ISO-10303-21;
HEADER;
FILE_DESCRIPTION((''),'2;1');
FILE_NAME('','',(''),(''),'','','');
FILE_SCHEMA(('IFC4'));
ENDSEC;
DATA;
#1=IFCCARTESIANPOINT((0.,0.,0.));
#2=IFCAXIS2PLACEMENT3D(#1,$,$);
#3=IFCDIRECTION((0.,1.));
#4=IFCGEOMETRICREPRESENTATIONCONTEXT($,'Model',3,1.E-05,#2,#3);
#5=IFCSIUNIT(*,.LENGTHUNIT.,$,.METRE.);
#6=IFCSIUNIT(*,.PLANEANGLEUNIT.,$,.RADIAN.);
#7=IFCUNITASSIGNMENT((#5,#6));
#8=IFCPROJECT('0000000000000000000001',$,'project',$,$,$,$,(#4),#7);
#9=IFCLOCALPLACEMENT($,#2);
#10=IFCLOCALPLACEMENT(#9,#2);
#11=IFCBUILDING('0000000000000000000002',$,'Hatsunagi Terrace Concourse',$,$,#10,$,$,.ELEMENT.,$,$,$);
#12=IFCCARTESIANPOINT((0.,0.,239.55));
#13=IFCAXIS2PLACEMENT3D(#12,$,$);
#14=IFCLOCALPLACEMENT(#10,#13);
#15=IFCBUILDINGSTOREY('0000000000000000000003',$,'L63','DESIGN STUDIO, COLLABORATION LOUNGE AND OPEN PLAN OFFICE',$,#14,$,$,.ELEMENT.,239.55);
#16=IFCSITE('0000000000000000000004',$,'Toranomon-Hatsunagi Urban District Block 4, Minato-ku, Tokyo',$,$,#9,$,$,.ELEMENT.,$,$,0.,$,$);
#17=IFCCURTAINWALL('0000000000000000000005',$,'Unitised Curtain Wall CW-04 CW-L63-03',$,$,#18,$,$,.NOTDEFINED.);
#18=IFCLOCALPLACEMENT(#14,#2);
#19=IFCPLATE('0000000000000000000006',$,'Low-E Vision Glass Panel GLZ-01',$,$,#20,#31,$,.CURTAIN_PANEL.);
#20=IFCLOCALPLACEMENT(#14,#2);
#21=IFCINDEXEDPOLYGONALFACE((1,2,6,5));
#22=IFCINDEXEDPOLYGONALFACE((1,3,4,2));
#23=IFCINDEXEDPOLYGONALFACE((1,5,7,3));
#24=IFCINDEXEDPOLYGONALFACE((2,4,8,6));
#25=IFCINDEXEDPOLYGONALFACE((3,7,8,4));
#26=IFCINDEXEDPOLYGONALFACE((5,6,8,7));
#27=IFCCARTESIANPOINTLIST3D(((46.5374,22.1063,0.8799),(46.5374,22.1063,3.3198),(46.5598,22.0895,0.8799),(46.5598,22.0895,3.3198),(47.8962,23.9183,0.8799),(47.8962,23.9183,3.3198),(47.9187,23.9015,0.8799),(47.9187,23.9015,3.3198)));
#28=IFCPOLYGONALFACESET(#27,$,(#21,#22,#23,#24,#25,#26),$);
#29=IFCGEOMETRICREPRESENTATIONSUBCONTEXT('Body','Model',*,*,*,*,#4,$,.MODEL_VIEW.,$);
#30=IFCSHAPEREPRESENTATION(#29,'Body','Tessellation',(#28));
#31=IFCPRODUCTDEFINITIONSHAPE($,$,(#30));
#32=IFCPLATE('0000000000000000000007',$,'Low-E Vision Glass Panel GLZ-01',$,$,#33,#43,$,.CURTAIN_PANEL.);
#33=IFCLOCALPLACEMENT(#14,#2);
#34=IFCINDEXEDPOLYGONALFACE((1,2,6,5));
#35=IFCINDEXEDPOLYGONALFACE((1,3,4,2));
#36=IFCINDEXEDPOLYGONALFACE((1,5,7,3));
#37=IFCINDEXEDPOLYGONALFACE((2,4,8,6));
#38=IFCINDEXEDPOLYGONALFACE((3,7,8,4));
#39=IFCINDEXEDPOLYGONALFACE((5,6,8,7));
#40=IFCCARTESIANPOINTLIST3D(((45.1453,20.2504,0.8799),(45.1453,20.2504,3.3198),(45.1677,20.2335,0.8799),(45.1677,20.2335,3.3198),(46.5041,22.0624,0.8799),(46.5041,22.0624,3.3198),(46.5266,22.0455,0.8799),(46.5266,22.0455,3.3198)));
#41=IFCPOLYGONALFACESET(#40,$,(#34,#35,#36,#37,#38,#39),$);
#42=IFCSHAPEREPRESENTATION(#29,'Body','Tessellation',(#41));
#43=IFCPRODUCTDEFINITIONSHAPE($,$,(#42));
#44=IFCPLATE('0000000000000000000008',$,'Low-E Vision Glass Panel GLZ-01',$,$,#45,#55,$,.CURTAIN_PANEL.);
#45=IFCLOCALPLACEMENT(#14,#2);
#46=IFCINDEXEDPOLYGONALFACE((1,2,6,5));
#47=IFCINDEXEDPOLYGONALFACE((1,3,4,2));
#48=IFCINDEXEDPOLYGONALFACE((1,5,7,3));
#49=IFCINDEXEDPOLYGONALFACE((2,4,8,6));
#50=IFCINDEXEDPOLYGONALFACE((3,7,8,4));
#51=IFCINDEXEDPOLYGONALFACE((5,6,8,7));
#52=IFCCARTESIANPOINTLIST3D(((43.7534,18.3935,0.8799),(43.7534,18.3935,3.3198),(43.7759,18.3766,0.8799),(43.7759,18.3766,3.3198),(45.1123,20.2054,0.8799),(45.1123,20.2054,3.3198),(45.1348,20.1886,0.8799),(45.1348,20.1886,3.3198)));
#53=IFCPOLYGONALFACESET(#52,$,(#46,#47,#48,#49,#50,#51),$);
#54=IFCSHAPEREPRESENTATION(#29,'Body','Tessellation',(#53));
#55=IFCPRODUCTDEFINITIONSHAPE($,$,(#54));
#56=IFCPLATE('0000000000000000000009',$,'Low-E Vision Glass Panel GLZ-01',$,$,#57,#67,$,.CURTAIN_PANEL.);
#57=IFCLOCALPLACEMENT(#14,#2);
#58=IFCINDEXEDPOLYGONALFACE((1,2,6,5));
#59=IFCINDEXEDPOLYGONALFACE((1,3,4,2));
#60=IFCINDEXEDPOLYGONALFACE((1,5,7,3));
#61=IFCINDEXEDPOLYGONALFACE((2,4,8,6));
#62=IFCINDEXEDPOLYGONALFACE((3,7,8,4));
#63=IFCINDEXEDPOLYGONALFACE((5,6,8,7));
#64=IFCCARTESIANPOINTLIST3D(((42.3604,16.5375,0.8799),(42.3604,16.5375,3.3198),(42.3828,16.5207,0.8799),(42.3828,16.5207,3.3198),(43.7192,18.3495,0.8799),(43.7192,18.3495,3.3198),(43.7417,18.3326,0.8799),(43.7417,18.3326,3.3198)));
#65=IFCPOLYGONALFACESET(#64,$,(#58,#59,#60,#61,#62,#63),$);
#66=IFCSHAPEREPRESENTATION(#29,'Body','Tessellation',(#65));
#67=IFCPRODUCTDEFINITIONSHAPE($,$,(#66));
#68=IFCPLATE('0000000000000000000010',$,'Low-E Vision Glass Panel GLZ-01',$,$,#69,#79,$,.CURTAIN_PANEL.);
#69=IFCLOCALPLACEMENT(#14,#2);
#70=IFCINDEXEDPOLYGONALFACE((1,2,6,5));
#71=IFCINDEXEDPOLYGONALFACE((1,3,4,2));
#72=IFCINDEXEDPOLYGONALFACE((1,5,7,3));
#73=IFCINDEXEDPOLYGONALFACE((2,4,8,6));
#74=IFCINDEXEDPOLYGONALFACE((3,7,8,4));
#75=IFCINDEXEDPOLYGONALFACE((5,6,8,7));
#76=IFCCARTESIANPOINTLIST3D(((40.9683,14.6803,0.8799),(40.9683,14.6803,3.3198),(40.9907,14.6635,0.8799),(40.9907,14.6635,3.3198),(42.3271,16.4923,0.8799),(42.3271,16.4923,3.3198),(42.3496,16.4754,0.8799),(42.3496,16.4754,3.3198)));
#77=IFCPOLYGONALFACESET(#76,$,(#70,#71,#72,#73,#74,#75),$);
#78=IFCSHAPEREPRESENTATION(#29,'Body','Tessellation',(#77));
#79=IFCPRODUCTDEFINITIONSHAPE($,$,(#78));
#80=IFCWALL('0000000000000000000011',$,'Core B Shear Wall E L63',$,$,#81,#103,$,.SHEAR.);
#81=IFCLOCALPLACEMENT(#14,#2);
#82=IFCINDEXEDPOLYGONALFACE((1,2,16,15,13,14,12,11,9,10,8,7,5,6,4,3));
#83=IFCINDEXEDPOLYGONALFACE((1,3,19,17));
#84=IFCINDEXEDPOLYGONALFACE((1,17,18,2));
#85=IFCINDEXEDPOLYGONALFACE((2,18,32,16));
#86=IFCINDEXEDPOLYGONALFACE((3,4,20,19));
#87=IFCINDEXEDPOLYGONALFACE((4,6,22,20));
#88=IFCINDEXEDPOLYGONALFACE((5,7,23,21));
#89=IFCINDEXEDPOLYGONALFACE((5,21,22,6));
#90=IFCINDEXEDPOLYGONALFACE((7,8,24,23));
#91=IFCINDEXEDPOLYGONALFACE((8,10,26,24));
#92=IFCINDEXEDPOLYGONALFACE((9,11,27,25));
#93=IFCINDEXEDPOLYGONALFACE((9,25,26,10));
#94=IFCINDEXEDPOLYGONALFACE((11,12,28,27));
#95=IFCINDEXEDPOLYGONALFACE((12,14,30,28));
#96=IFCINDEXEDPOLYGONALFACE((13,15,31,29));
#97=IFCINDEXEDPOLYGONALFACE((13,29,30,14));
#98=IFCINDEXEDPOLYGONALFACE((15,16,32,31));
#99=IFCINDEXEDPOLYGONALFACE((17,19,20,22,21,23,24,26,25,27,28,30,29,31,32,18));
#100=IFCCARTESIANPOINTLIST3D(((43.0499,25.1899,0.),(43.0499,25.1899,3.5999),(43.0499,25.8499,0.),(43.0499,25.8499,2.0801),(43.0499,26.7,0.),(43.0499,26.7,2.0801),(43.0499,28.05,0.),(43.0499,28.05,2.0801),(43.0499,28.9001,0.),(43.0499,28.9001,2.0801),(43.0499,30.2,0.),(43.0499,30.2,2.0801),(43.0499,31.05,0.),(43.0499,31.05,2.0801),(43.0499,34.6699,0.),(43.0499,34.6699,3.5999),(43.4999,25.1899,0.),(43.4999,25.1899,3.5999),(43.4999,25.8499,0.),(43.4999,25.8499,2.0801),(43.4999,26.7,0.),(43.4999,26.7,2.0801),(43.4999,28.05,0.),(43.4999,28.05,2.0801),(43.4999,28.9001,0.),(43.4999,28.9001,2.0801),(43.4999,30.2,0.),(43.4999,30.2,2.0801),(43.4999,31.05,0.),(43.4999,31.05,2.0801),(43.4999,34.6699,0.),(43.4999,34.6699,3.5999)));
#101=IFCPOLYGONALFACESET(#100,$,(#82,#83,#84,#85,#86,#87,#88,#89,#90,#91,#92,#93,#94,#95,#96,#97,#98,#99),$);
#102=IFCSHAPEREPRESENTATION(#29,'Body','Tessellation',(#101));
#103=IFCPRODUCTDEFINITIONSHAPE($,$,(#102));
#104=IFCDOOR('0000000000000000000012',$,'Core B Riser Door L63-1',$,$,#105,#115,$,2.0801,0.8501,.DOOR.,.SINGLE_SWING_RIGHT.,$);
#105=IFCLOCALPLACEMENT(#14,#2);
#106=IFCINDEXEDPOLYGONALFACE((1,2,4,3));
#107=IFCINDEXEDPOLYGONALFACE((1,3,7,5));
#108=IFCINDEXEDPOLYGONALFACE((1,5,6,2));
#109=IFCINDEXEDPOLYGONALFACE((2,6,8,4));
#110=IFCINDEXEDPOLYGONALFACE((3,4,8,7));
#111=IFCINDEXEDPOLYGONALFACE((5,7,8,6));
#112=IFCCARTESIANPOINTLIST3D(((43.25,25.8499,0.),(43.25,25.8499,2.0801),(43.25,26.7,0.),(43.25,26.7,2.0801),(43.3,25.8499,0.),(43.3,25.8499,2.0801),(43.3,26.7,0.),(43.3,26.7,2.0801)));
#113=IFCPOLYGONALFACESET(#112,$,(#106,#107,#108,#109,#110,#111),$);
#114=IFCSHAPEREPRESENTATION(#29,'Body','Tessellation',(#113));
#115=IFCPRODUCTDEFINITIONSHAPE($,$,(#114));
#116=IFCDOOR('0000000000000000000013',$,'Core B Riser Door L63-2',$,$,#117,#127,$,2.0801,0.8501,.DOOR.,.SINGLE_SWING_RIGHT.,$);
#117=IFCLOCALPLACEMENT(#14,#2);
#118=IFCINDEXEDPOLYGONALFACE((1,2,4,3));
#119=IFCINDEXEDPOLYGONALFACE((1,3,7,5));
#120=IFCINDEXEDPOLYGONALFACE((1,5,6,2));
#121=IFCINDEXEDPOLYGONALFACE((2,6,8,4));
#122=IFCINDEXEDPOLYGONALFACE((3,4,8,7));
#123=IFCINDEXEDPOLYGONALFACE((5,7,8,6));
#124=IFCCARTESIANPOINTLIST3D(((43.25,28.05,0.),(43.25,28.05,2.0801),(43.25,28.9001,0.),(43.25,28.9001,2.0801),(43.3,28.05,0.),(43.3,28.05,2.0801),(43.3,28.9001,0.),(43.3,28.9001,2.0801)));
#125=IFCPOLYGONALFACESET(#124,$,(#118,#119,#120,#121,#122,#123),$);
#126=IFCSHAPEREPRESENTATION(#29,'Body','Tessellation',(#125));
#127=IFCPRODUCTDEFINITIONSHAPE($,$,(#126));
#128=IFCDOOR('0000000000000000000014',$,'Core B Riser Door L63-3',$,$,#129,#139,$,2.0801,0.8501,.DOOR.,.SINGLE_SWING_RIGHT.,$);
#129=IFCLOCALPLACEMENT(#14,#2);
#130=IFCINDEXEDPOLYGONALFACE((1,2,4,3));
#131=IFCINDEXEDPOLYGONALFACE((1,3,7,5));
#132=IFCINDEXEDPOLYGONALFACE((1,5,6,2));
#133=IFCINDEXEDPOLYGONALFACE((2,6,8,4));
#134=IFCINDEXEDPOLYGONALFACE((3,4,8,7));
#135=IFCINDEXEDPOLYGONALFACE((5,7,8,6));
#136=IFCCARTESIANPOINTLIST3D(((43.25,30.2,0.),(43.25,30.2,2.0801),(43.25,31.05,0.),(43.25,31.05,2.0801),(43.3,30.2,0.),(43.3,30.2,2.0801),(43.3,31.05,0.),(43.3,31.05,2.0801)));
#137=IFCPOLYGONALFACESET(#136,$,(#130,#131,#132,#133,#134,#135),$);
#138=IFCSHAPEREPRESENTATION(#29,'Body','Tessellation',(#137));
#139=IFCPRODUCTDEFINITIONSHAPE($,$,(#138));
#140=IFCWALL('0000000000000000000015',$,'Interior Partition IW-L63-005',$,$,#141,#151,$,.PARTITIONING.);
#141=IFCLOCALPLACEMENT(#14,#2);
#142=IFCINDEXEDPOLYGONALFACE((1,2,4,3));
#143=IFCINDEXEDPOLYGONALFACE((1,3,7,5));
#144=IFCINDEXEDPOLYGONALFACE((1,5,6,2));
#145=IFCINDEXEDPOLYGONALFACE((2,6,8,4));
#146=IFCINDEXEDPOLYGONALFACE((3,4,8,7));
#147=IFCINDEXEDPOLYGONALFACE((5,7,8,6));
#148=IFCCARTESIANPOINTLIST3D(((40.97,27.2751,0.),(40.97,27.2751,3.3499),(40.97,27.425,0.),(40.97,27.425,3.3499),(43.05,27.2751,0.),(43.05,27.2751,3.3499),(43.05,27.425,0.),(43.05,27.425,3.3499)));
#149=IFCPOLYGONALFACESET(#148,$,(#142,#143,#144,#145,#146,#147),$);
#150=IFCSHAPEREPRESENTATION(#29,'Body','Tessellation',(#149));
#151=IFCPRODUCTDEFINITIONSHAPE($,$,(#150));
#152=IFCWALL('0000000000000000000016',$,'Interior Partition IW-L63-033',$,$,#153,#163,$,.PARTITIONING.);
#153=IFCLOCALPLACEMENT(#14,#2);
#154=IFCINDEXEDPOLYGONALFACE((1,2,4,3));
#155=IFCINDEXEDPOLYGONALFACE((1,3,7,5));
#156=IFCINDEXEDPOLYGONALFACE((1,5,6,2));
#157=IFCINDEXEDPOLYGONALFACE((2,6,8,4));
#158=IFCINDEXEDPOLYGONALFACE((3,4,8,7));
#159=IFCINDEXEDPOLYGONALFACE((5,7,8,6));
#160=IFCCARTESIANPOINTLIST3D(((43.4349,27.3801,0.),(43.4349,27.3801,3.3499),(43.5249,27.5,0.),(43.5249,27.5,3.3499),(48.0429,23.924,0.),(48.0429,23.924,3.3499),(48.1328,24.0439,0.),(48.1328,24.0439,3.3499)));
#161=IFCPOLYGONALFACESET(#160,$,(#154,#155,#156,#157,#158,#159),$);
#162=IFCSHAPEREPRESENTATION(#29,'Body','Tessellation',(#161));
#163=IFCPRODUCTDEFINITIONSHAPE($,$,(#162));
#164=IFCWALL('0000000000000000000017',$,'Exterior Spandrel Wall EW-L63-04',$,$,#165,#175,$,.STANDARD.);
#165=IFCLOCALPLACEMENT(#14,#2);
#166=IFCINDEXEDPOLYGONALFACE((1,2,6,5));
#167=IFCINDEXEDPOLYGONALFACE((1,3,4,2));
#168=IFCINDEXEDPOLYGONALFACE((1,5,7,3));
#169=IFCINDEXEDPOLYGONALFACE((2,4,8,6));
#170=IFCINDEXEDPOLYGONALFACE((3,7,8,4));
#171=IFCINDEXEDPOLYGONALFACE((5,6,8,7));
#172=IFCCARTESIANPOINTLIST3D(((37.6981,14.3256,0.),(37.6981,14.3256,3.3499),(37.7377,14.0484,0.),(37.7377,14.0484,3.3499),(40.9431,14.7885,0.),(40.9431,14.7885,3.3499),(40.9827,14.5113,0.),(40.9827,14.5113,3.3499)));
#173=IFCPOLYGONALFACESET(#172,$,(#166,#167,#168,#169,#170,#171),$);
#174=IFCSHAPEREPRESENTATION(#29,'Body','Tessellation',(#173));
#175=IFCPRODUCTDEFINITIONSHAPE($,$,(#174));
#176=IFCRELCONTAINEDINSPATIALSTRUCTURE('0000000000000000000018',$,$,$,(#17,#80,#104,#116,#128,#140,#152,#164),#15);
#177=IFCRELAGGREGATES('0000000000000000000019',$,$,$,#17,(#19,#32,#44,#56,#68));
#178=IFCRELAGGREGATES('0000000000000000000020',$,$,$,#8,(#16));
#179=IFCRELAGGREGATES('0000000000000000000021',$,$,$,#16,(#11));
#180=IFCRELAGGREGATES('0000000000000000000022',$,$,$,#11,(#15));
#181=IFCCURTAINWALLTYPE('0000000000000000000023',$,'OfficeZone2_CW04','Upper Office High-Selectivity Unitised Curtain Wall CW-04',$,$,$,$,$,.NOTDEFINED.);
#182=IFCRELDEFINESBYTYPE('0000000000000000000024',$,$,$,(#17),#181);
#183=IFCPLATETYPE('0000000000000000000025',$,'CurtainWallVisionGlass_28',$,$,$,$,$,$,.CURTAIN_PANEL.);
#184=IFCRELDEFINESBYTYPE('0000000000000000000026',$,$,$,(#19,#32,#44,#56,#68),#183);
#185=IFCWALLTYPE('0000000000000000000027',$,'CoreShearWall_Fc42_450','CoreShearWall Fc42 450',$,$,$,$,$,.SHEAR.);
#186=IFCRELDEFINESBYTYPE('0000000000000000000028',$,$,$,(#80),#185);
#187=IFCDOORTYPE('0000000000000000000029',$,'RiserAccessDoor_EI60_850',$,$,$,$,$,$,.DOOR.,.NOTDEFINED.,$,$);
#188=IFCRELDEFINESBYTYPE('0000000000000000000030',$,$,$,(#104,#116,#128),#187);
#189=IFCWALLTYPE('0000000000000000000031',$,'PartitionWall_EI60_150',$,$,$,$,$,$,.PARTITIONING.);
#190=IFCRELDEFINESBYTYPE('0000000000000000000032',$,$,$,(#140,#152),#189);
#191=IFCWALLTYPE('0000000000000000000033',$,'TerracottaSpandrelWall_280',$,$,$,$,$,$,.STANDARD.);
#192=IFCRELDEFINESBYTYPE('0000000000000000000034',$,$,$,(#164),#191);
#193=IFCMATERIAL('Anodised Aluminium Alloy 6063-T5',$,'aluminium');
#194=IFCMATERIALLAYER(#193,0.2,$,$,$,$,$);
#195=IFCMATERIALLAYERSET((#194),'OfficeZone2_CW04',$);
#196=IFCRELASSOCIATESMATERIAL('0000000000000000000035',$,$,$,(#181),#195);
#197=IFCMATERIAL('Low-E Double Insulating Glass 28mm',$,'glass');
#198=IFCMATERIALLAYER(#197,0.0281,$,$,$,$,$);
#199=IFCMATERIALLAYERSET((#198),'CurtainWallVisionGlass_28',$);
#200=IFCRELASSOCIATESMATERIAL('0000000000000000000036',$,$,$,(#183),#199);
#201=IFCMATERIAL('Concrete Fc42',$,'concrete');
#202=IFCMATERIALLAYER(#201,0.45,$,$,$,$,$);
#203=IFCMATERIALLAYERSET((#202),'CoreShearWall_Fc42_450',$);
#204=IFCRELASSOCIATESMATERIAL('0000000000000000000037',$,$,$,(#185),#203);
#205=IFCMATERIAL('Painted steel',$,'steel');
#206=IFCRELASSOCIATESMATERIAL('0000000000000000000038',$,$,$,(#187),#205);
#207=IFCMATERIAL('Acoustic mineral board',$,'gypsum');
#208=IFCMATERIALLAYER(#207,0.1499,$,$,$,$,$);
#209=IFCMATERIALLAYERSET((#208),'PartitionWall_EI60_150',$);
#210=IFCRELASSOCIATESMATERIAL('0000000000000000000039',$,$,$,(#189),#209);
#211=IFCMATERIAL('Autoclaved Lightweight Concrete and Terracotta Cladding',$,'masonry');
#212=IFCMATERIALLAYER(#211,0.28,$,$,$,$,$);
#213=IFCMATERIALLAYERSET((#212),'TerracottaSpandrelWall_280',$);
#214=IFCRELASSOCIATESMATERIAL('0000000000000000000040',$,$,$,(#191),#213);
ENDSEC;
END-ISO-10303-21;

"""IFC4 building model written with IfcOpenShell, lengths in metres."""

from ifc_helpers import new_model, si_unit, direction, frame, frame_2d, origin, origin_2d, place, context, subcontext, project, spatial, rectangle, extrude, material, layer, layer_set, type_object, element, fill, aggregate, save


model = new_model("IFC4")

# Units and contexts
model_context = context("Model", 3, precision=1e-05, world=origin(), true_north=direction((0.0, 1.0)))
body_context = subcontext(model_context, "Body", "Model", "MODEL_VIEW")
ifc_project = project(units=[si_unit("LENGTHUNIT", "METRE"), si_unit("PLANEANGLEUNIT", "RADIAN")], contexts=[model_context])

# Site, building, storey
site_placement = place(None, origin())
site = spatial("IfcSite", under=ifc_project, at=site_placement, Name="Toranomon-Hatsunagi Urban District Block 4, Minato-ku, Tokyo", CompositionType="ELEMENT", RefElevation=0.0)
building_placement = place(site_placement, origin())
building = spatial("IfcBuilding", under=site, at=building_placement, Name="Hatsunagi Terrace Concourse", CompositionType="ELEMENT")
storey_placement = place(building_placement, frame((0.0, 0.0, 239.55)))
storey = spatial("IfcBuildingStorey", under=building, at=storey_placement, Name="L63", Description="DESIGN STUDIO, COLLABORATION LOUNGE AND OPEN PLAN OFFICE", CompositionType="ELEMENT", Elevation=239.55)

# Curtain wall
ifc_material_1 = material(Name="Anodised Aluminium Alloy 6063-T5", Category="aluminium")
ifc_layer_1 = layer(ifc_material_1, 0.2)
ifc_layer_set_1 = layer_set([ifc_layer_1], Name="OfficeZone2_CW04")
curtain_wall_type = type_object("IfcCurtainWallType", Name="OfficeZone2_CW04", Description="Upper Office High-Selectivity Unitised Curtain Wall CW-04", PredefinedType="NOTDEFINED", material=ifc_layer_set_1)
curtain_wall_placement = place(storey_placement, origin())
curtain_wall = element("IfcCurtainWall", 1, at=curtain_wall_placement, inside=storey, type_object=curtain_wall_type, Name="Unitised Curtain Wall CW-04 CW-L63-03", PredefinedType="NOTDEFINED")

# Plates
ifc_material_2 = material(Name="Low-E Double Insulating Glass 28mm", Category="glass")
ifc_layer_2 = layer(ifc_material_2, 0.0281)
ifc_layer_set_2 = layer_set([ifc_layer_2], Name="CurtainWallVisionGlass_28")
plate_type_1 = type_object("IfcPlateType", Name="CurtainWallVisionGlass_28", PredefinedType="CURTAIN_PANEL", material=ifc_layer_set_2)
plate_1_placement = place(storey_placement, frame((47.228, 23.0039, 0.8799), z_axis=(0.0, 0.0, 1.0), x_axis=(-0.599969, -0.800023, 0.0)))
plate_1 = element("IfcPlate", 2, at=plate_1_placement, type_object=plate_type_1, Name="Low-E Vision Glass Panel GLZ-01", PredefinedType="CURTAIN_PANEL", context=body_context, shape_type="SweptSolid", body=[
    extrude(rectangle(XDim=2.2649, YDim=0.0281, at=origin_2d()), origin(), (0.0, 0.0, 1.0), 2.4399),
])
plate_2_placement = place(storey_placement, frame((45.8359, 21.1479, 0.8799), z_axis=(0.0, 0.0, 1.0), x_axis=(-0.599969, -0.800023, 0.0)))
plate_2 = element("IfcPlate", 3, at=plate_2_placement, type_object=plate_type_1, Name="Low-E Vision Glass Panel GLZ-01", PredefinedType="CURTAIN_PANEL", context=body_context, shape_type="SweptSolid", body=[
    extrude(rectangle(XDim=2.2649, YDim=0.0281, at=origin_2d()), origin(), (0.0, 0.0, 1.0), 2.4399),
])
plate_3_placement = place(storey_placement, frame((44.4441, 19.291, 0.8799), z_axis=(0.0, 0.0, 1.0), x_axis=(-0.599969, -0.800023, 0.0)))
plate_3 = element("IfcPlate", 4, at=plate_3_placement, type_object=plate_type_1, Name="Low-E Vision Glass Panel GLZ-01", PredefinedType="CURTAIN_PANEL", context=body_context, shape_type="SweptSolid", body=[
    extrude(rectangle(XDim=2.2649, YDim=0.0281, at=origin_2d()), origin(), (0.0, 0.0, 1.0), 2.4399),
])
plate_4_placement = place(storey_placement, frame((43.051, 17.4351, 0.8799), z_axis=(0.0, 0.0, 1.0), x_axis=(-0.599969, -0.800023, 0.0)))
plate_4 = element("IfcPlate", 5, at=plate_4_placement, type_object=plate_type_1, Name="Low-E Vision Glass Panel GLZ-01", PredefinedType="CURTAIN_PANEL", context=body_context, shape_type="SweptSolid", body=[
    extrude(rectangle(XDim=2.2649, YDim=0.0281, at=origin_2d()), origin(), (0.0, 0.0, 1.0), 2.4399),
])
plate_5_placement = place(storey_placement, frame((41.6589, 15.5779, 0.8799), z_axis=(0.0, 0.0, 1.0), x_axis=(-0.599969, -0.800023, 0.0)))
plate_5 = element("IfcPlate", 6, at=plate_5_placement, type_object=plate_type_1, Name="Low-E Vision Glass Panel GLZ-01", PredefinedType="CURTAIN_PANEL", context=body_context, shape_type="SweptSolid", body=[
    extrude(rectangle(XDim=2.2649, YDim=0.0281, at=origin_2d()), origin(), (0.0, 0.0, 1.0), 2.4399),
])
aggregate(curtain_wall, [plate_1, plate_2, plate_3, plate_4, plate_5])

# Wall, openings, doors
ifc_material_3 = material(Name="Concrete Fc42", Category="concrete")
ifc_layer_3 = layer(ifc_material_3, 0.45)
ifc_layer_set_3 = layer_set([ifc_layer_3], Name="CoreShearWall_Fc42_450")
wall_type_1 = type_object("IfcWallType", Name="CoreShearWall_Fc42_450", Description="CoreShearWall Fc42 450", PredefinedType="SHEAR", material=ifc_layer_set_3)
wall_1_placement = place(storey_placement, frame((43.2749, 25.1899, 0.0), z_axis=(0.0, 0.0, 1.0), x_axis=(0.0, 1.0, 0.0)))
wall_1 = element("IfcWall", 7, at=wall_1_placement, inside=storey, type_object=wall_type_1, Name="Core B Shear Wall E L63", PredefinedType="SHEAR", context=body_context, shape_type="SweptSolid", body=[
    extrude(rectangle(XDim=9.48, YDim=0.45, at=frame_2d((4.74, 0.0))), origin(), (0.0, 0.0, 1.0), 3.5999),
])
opening_1_placement = place(wall_1_placement, frame((0.6599, 0.0, 0.0)))
opening_1 = element("IfcOpeningElement", 8, at=opening_1_placement, cuts=wall_1, PredefinedType="OPENING", context=body_context, shape_type="SweptSolid", body=[
    extrude(rectangle(XDim=0.8501, YDim=2.0801, at=frame_2d((0.425, 1.04))), frame((0.0, 0.2349, 0.0), z_axis=(0.0, -1.0, 0.0), x_axis=(1.0, 0.0, 0.0)), (0.0, 0.0, 1.0), 0.47),
])
opening_2_placement = place(wall_1_placement, frame((2.8601, 0.0, 0.0)))
opening_2 = element("IfcOpeningElement", 9, at=opening_2_placement, cuts=wall_1, PredefinedType="OPENING", context=body_context, shape_type="SweptSolid", body=[
    extrude(rectangle(XDim=0.8501, YDim=2.0801, at=frame_2d((0.425, 1.04))), frame((0.0, 0.2349, 0.0), z_axis=(0.0, -1.0, 0.0), x_axis=(1.0, 0.0, 0.0)), (0.0, 0.0, 1.0), 0.47),
])
opening_3_placement = place(wall_1_placement, frame((5.01, 0.0, 0.0)))
opening_3 = element("IfcOpeningElement", 10, at=opening_3_placement, cuts=wall_1, PredefinedType="OPENING", context=body_context, shape_type="SweptSolid", body=[
    extrude(rectangle(XDim=0.8501, YDim=2.0801, at=frame_2d((0.425, 1.04))), frame((0.0, 0.2349, 0.0), z_axis=(0.0, -1.0, 0.0), x_axis=(1.0, 0.0, 0.0)), (0.0, 0.0, 1.0), 0.47),
])
ifc_material_4 = material(Name="Painted steel", Category="steel")
door_type = type_object("IfcDoorType", Name="RiserAccessDoor_EI60_850", OperationType="NOTDEFINED", PredefinedType="DOOR", material=ifc_material_4)
door_1_placement = place(opening_1_placement, origin())
door_1 = element("IfcDoor", 11, at=door_1_placement, inside=storey, type_object=door_type, Name="Core B Riser Door L63-1", OperationType="SINGLE_SWING_RIGHT", OverallHeight=2.0801, OverallWidth=0.8501, PredefinedType="DOOR", context=body_context, shape_type="SweptSolid", body=[
    extrude(rectangle(XDim=0.8501, YDim=2.0801, at=frame_2d((0.425, 1.04))), frame((0.0, 0.0249, 0.0), z_axis=(0.0, -1.0, 0.0), x_axis=(1.0, 0.0, 0.0)), (0.0, 0.0, 1.0), 0.05),
])
fill(opening_1, door_1)
door_2_placement = place(opening_2_placement, origin())
door_2 = element("IfcDoor", 12, at=door_2_placement, inside=storey, type_object=door_type, Name="Core B Riser Door L63-2", OperationType="SINGLE_SWING_RIGHT", OverallHeight=2.0801, OverallWidth=0.8501, PredefinedType="DOOR", context=body_context, shape_type="SweptSolid", body=[
    extrude(rectangle(XDim=0.8501, YDim=2.0801, at=frame_2d((0.425, 1.04))), frame((0.0, 0.0249, 0.0), z_axis=(0.0, -1.0, 0.0), x_axis=(1.0, 0.0, 0.0)), (0.0, 0.0, 1.0), 0.05),
])
fill(opening_2, door_2)
door_3_placement = place(opening_3_placement, origin())
door_3 = element("IfcDoor", 13, at=door_3_placement, inside=storey, type_object=door_type, Name="Core B Riser Door L63-3", OperationType="SINGLE_SWING_RIGHT", OverallHeight=2.0801, OverallWidth=0.8501, PredefinedType="DOOR", context=body_context, shape_type="SweptSolid", body=[
    extrude(rectangle(XDim=0.8501, YDim=2.0801, at=frame_2d((0.425, 1.04))), frame((0.0, 0.0249, 0.0), z_axis=(0.0, -1.0, 0.0), x_axis=(1.0, 0.0, 0.0)), (0.0, 0.0, 1.0), 0.05),
])
fill(opening_3, door_3)

# Walls
ifc_material_5 = material(Name="Acoustic mineral board", Category="gypsum")
ifc_layer_4 = layer(ifc_material_5, 0.1499)
ifc_layer_set_4 = layer_set([ifc_layer_4], Name="PartitionWall_EI60_150")
wall_type_2 = type_object("IfcWallType", Name="PartitionWall_EI60_150", PredefinedType="PARTITIONING", material=ifc_layer_set_4)
wall_2_placement = place(storey_placement, frame((40.97, 27.3501, 0.0), z_axis=(0.0, 0.0, 1.0), x_axis=(1.0, 0.0, 0.0)))
element("IfcWall", 14, at=wall_2_placement, inside=storey, type_object=wall_type_2, Name="Interior Partition IW-L63-005", PredefinedType="PARTITIONING", context=body_context, shape_type="SweptSolid", body=[
    extrude(rectangle(XDim=2.0801, YDim=0.1499, at=frame_2d((1.04, 0.0))), origin(), (0.0, 0.0, 1.0), 3.3499),
])
wall_3_placement = place(storey_placement, frame((43.48, 27.4399, 0.0), z_axis=(0.0, 0.0, 1.0), x_axis=(0.79999, -0.600014, 0.0)))
element("IfcWall", 15, at=wall_3_placement, inside=storey, type_object=wall_type_2, Name="Interior Partition IW-L63-033", PredefinedType="PARTITIONING", context=body_context, shape_type="SweptSolid", body=[
    extrude(rectangle(XDim=5.76, YDim=0.1499, at=frame_2d((2.8799, 0.0))), origin(), (0.0, 0.0, 1.0), 3.3499),
])
ifc_material_6 = material(Name="Autoclaved Lightweight Concrete and Terracotta Cladding", Category="masonry")
ifc_layer_5 = layer(ifc_material_6, 0.28)
ifc_layer_set_5 = layer_set([ifc_layer_5], Name="TerracottaSpandrelWall_280")
wall_type_3 = type_object("IfcWallType", Name="TerracottaSpandrelWall_280", PredefinedType="STANDARD", material=ifc_layer_set_5)
wall_4_placement = place(storey_placement, frame((40.9629, 14.6499, 0.0), z_axis=(0.0, 0.0, 1.0), x_axis=(-0.989978, -0.141223, 0.0)))
element("IfcWall", 16, at=wall_4_placement, inside=storey, type_object=wall_type_3, Name="Exterior Spandrel Wall EW-L63-04", PredefinedType="STANDARD", context=body_context, shape_type="SweptSolid", body=[
    extrude(rectangle(XDim=3.2778, YDim=0.28, at=frame_2d((1.6389, 0.0))), origin(), (0.0, 0.0, 1.0), 3.3499),
])

save(model, "model.ifc")
